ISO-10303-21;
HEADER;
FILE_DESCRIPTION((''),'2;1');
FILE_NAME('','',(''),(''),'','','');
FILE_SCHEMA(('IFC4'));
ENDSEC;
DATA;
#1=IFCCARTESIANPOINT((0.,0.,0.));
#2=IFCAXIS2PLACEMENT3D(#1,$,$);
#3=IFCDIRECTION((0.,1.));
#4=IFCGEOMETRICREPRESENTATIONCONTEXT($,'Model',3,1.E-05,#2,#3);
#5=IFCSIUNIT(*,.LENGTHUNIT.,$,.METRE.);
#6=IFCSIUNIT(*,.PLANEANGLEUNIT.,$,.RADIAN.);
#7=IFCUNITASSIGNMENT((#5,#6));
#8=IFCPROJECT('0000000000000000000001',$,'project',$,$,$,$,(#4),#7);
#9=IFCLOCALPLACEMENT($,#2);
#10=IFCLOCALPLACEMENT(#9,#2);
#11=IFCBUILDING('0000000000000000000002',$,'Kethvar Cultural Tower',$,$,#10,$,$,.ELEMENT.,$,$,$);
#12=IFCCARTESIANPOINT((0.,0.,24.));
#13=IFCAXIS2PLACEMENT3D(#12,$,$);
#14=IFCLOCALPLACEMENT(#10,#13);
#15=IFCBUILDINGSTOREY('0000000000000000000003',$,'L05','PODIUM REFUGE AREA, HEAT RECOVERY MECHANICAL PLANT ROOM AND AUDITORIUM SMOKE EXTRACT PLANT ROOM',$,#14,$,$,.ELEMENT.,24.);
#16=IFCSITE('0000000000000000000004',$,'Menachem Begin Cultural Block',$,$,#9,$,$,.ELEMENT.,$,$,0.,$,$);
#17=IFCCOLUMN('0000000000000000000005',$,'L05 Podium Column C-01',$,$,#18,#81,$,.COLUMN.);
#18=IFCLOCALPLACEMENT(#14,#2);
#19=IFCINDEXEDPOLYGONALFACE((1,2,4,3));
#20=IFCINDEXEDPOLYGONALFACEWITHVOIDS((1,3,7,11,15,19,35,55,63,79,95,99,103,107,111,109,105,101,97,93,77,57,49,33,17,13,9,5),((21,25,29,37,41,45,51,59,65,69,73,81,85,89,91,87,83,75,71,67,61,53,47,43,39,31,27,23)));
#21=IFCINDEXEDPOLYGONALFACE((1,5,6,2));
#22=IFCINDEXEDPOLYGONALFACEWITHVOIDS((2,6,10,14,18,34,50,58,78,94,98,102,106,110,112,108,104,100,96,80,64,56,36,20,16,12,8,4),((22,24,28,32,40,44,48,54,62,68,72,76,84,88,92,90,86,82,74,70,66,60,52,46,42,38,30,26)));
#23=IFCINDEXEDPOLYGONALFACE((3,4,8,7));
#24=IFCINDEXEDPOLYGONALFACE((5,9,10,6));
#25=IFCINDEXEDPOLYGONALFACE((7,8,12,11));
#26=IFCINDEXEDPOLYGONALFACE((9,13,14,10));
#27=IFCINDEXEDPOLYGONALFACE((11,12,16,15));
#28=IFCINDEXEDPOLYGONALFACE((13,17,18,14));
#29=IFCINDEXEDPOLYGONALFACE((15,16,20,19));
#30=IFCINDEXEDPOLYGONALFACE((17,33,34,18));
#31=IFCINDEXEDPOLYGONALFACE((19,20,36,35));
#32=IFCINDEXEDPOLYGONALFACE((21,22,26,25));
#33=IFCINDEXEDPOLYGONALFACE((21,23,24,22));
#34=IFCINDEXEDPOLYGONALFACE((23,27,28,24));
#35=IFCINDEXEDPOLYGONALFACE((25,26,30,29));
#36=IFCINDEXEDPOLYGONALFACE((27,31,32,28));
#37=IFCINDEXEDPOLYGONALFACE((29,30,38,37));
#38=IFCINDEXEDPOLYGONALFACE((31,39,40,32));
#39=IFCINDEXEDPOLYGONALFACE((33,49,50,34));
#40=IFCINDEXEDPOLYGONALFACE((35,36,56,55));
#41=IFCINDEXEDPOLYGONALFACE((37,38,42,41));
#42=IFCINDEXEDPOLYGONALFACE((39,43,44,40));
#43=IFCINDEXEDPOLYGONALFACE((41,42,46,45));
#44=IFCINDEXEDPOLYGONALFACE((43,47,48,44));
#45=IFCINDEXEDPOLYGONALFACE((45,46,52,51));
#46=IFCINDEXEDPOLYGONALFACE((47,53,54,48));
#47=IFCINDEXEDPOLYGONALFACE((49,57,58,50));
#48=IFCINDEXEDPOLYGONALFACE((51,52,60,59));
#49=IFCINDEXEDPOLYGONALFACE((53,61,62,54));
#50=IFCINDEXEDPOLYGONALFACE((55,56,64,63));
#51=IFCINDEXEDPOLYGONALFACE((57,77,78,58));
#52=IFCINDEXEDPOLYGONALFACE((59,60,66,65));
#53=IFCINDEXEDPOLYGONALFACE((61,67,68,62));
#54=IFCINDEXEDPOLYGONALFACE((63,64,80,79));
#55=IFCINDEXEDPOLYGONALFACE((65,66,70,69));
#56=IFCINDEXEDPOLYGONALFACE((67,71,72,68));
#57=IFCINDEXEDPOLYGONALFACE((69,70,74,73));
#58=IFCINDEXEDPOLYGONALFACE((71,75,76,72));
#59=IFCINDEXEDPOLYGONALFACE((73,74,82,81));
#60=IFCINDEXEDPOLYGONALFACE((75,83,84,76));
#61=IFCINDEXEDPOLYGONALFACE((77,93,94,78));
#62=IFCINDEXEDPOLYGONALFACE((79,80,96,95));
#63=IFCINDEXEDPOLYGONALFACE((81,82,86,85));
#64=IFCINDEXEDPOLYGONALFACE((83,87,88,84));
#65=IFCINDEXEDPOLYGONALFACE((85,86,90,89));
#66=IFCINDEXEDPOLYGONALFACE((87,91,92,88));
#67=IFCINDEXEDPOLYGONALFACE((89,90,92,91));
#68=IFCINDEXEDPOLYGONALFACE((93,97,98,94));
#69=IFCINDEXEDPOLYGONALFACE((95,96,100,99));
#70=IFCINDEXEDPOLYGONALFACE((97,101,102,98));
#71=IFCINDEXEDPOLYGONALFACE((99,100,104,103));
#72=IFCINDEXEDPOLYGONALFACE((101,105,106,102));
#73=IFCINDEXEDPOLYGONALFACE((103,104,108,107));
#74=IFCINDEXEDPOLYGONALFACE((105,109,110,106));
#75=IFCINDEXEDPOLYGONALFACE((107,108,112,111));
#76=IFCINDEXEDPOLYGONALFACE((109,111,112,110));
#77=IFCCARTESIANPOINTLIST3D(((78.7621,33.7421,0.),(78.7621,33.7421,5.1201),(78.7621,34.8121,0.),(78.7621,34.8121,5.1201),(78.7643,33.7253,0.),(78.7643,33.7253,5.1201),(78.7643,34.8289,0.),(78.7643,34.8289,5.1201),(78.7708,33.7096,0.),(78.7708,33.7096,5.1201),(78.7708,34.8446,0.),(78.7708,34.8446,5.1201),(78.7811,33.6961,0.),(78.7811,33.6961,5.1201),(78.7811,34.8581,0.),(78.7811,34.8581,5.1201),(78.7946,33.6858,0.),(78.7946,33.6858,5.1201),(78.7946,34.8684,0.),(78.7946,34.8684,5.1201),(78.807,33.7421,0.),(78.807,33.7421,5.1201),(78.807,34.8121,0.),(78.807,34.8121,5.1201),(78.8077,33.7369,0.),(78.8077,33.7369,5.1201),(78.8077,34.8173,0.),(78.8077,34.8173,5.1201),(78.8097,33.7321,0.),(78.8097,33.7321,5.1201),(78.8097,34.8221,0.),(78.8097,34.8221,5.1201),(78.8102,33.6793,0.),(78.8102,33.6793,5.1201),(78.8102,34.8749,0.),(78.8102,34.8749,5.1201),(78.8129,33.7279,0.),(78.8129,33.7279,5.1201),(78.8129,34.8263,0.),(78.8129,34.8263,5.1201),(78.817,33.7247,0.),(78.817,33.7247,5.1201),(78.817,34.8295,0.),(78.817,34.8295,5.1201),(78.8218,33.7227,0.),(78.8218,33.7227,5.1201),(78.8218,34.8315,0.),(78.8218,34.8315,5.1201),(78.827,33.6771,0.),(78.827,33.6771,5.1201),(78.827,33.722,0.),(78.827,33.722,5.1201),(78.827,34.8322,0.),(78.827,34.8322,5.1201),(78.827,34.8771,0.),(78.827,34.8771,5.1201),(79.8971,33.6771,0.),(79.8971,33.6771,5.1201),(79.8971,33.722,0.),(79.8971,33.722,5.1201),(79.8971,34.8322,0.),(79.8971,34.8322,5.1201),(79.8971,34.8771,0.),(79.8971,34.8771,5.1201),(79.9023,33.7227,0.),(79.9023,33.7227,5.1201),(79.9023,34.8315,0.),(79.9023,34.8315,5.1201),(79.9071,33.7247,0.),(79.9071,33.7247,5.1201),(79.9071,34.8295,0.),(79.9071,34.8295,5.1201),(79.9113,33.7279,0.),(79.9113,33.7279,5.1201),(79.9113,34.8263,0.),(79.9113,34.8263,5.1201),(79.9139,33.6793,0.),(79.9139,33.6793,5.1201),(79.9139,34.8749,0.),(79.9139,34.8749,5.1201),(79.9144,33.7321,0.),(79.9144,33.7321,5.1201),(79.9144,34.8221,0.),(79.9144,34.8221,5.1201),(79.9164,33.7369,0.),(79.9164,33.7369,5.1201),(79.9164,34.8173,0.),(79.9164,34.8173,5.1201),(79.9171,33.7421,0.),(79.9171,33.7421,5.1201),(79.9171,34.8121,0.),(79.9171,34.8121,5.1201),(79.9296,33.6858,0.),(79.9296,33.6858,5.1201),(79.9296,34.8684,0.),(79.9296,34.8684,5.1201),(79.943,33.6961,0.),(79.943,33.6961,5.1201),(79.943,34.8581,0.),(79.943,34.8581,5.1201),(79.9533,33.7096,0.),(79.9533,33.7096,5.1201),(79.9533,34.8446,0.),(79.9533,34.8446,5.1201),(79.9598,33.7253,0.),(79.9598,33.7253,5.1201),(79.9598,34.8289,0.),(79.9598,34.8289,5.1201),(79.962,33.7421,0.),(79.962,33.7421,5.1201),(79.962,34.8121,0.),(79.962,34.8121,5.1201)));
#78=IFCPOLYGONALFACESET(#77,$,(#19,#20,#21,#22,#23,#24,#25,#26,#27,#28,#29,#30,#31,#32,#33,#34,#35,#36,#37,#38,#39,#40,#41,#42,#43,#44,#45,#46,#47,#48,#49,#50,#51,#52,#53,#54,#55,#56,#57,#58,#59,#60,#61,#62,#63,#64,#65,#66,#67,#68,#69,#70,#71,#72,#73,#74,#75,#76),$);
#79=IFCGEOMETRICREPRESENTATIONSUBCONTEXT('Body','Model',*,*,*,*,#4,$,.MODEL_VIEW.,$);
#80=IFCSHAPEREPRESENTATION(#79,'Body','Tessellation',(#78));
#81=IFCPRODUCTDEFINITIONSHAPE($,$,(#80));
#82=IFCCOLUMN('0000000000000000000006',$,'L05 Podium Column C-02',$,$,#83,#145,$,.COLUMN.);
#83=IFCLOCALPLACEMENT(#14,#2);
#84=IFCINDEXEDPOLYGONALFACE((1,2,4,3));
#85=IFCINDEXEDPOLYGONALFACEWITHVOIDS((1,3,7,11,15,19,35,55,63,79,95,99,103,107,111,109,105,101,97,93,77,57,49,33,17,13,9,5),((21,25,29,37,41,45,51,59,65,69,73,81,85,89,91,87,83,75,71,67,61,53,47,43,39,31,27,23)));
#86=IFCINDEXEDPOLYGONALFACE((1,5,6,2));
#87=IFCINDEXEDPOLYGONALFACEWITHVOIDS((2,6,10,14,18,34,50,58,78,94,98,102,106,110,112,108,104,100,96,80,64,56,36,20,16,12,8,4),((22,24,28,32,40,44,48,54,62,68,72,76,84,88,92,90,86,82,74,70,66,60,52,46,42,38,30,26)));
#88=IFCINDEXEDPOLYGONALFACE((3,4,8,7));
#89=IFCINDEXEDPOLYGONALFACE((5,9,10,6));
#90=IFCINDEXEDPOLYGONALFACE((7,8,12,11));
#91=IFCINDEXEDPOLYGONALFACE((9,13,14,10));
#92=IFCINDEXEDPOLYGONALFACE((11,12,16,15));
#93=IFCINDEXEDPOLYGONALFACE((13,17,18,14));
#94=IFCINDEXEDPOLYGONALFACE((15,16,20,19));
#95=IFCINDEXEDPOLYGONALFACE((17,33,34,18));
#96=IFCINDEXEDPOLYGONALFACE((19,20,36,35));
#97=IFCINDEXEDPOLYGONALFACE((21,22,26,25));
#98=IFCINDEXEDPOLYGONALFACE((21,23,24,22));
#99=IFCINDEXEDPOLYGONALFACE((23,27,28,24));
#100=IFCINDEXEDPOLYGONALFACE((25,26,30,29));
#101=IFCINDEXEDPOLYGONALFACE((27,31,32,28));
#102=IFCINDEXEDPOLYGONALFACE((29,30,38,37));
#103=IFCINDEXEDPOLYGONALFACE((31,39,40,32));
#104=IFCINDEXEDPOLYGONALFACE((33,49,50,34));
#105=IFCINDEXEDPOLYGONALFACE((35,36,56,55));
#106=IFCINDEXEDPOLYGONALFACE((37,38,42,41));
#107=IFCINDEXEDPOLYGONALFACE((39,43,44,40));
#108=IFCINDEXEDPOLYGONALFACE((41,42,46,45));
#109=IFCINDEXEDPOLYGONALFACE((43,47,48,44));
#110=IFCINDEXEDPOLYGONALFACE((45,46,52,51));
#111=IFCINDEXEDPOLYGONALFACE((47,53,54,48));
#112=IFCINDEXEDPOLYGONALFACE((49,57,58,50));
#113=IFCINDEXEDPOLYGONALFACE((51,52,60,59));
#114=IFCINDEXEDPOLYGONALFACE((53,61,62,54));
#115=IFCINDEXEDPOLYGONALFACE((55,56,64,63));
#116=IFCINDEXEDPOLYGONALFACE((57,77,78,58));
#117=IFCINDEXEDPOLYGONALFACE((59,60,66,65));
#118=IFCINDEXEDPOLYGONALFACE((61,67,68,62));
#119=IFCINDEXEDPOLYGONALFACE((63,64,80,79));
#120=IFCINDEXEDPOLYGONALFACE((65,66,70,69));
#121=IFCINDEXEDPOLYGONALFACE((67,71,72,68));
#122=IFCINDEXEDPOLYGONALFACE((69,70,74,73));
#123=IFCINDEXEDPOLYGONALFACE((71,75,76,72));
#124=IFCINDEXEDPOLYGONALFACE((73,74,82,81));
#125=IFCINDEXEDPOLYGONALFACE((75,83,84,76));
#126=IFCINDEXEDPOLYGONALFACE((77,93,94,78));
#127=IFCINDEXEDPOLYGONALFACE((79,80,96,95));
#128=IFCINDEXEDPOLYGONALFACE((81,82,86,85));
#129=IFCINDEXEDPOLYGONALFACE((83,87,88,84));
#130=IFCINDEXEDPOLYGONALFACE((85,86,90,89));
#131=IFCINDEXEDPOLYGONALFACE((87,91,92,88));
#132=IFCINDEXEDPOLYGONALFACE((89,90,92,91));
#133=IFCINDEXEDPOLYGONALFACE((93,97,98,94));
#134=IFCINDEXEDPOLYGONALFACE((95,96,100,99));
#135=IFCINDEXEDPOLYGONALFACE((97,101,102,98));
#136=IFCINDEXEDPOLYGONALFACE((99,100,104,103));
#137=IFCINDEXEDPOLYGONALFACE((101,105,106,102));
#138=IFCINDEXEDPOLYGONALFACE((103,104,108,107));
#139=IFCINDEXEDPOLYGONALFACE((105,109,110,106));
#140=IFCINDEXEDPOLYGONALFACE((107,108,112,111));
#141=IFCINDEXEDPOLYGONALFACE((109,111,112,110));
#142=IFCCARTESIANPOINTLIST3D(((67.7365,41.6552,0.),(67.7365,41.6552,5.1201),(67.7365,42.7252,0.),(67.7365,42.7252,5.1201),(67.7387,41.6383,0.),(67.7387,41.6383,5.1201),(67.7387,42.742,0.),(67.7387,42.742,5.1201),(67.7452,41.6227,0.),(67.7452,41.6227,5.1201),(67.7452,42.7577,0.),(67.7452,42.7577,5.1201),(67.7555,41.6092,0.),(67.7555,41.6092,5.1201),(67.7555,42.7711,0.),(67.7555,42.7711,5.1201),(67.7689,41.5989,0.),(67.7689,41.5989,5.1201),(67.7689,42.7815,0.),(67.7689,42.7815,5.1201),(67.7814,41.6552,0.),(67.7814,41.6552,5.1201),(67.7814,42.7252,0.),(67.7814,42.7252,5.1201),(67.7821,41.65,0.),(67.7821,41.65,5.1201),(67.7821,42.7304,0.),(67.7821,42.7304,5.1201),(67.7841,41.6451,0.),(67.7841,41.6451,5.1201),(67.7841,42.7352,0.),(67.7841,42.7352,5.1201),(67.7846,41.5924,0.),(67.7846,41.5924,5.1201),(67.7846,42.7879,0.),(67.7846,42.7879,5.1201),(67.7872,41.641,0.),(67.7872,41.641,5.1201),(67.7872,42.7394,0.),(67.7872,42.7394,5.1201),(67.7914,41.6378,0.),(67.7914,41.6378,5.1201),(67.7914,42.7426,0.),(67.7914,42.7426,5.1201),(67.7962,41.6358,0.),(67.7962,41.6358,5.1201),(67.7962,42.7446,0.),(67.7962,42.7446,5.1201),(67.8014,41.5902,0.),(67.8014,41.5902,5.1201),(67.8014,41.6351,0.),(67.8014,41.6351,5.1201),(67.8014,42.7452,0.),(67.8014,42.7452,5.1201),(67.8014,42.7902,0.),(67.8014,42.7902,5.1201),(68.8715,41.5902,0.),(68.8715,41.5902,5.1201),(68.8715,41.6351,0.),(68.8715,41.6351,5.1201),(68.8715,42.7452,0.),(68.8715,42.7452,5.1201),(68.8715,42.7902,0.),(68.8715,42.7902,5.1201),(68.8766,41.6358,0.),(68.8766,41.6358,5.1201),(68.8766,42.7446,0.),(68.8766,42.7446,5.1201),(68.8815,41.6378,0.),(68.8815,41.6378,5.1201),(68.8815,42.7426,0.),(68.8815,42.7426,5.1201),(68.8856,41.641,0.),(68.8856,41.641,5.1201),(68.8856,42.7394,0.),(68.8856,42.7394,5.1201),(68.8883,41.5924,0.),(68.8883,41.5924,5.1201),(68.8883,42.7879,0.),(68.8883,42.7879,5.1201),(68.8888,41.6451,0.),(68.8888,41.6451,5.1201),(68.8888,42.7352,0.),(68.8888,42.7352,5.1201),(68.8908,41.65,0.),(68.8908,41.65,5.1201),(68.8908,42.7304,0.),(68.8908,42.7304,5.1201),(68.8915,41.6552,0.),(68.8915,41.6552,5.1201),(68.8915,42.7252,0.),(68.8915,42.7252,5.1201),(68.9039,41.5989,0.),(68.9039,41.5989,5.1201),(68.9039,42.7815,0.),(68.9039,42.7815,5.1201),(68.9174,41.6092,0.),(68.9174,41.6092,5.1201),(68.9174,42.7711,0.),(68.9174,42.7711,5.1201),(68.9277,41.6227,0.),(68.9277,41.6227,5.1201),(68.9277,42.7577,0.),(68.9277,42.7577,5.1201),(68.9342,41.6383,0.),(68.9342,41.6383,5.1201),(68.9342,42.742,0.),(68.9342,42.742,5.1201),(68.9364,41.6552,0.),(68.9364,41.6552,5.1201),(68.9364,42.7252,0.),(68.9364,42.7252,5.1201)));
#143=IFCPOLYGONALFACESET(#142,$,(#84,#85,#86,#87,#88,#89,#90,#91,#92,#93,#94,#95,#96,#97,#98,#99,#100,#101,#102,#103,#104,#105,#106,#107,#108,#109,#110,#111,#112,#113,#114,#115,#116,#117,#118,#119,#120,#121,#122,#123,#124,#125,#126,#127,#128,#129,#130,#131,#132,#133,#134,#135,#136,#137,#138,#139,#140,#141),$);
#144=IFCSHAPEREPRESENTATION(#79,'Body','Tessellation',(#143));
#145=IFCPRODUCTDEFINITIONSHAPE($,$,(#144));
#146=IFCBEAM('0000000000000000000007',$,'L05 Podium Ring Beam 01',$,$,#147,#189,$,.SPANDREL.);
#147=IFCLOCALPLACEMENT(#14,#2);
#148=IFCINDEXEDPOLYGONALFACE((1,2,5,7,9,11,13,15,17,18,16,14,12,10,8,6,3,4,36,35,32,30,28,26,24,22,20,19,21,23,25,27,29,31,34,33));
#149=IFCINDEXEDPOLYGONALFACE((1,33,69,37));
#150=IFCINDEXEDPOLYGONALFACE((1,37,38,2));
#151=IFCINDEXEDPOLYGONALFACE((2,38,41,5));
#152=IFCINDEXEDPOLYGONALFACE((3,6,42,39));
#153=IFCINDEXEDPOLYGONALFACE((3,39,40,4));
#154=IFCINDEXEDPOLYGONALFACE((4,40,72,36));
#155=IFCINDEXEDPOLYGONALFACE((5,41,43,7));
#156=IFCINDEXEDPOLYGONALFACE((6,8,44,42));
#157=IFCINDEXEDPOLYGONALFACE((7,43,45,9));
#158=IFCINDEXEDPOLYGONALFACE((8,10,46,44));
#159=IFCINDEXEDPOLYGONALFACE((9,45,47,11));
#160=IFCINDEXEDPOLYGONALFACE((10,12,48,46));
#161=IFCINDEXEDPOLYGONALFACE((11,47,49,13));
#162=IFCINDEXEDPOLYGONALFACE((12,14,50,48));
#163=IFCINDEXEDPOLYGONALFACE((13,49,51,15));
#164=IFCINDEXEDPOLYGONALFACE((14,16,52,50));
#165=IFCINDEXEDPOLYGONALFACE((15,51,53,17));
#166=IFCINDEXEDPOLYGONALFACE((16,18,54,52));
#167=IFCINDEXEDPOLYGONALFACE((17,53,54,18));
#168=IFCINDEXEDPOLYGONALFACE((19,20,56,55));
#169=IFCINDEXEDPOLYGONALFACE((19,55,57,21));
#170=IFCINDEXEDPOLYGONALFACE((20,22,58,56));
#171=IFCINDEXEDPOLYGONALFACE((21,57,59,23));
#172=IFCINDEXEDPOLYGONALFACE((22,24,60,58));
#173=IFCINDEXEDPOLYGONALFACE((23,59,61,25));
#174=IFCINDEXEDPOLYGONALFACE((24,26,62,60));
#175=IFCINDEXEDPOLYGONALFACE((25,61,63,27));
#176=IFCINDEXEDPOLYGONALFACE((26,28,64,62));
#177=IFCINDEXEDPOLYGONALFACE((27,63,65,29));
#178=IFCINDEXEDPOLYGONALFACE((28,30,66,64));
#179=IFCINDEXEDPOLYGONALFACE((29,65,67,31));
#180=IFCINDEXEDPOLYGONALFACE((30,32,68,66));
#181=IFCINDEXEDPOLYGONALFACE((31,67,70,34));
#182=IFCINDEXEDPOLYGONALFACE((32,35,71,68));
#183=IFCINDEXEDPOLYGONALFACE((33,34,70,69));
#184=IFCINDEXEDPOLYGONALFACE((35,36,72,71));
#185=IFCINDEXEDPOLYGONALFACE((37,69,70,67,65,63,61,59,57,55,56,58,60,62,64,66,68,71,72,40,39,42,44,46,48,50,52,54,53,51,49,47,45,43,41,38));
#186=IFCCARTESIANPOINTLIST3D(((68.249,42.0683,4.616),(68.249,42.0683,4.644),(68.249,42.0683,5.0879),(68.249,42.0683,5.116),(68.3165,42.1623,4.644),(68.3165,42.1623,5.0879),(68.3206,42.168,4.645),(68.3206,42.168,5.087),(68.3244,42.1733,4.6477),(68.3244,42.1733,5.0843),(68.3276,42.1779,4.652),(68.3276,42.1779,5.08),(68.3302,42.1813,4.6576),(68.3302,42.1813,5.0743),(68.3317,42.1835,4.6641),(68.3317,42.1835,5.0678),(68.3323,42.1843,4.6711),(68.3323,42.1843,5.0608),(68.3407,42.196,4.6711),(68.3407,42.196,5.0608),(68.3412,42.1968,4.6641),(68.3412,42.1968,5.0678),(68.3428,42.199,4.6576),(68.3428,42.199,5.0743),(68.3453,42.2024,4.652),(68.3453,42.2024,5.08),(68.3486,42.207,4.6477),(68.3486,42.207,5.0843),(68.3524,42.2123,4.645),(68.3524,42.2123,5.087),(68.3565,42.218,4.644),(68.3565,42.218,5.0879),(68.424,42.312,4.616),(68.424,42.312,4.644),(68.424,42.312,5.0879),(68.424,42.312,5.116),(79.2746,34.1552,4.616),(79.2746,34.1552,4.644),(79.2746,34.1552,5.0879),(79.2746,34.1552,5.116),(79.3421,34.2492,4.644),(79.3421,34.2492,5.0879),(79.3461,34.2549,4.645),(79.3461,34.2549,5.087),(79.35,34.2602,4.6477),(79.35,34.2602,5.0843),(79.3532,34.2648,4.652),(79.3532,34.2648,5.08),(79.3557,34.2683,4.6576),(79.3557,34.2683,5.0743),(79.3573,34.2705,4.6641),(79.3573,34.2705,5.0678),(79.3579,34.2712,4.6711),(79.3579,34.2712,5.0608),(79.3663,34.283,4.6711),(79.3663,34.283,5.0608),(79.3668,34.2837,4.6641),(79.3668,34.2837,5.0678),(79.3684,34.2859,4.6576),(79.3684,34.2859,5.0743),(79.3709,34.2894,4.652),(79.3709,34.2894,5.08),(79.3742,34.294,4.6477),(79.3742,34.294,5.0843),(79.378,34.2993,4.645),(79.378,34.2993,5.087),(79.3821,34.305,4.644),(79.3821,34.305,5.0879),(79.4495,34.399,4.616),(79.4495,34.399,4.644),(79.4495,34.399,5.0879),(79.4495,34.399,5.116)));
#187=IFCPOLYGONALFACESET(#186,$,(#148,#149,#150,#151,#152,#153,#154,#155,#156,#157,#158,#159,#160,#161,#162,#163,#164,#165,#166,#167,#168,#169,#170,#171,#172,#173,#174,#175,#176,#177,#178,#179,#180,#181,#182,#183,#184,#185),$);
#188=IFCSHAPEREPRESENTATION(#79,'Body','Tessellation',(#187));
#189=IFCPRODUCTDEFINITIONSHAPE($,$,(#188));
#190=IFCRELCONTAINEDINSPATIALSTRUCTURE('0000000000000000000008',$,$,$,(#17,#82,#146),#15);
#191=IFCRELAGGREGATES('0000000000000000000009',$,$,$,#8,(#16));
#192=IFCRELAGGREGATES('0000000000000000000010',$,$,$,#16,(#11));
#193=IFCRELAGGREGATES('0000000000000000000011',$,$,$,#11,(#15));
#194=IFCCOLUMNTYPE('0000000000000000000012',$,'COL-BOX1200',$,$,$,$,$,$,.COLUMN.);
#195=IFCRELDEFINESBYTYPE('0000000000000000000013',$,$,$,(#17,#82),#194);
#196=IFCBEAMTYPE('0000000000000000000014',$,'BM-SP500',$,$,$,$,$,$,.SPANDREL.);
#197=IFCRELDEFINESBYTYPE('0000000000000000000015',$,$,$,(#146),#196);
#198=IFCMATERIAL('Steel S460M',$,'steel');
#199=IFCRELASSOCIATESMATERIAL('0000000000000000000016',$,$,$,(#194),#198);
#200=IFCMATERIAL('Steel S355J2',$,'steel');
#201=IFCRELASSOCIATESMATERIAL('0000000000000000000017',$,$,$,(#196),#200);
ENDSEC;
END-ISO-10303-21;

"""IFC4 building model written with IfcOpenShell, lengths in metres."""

from ifc_helpers import new_model, si_unit, direction, frame, origin, origin_2d, place, context, subcontext, project, spatial, hollow_rectangle, i_section, extrude, source, transform, mapped, material, material_profile, profile_set, type_object, element, save


model = new_model("IFC4")

# Units and contexts
model_context = context("Model", 3, precision=1e-05, world=origin(), true_north=direction((0.0, 1.0)))
body_context = subcontext(model_context, "Body", "Model", "MODEL_VIEW")
ifc_project = project(units=[si_unit("LENGTHUNIT", "METRE"), si_unit("PLANEANGLEUNIT", "RADIAN")], contexts=[model_context])

# Site, building, storey
site_placement = place(None, origin())
site = spatial("IfcSite", under=ifc_project, at=site_placement, Name="Menachem Begin Cultural Block", CompositionType="ELEMENT", RefElevation=0.0)
building_placement = place(site_placement, origin())
building = spatial("IfcBuilding", under=site, at=building_placement, Name="Kethvar Cultural Tower", CompositionType="ELEMENT")
storey_placement = place(building_placement, frame((0.0, 0.0, 24.0)))
storey = spatial("IfcBuildingStorey", under=building, at=storey_placement, Name="L05", Description="PODIUM REFUGE AREA, HEAT RECOVERY MECHANICAL PLANT ROOM AND AUDITORIUM SMOKE EXTRACT PLANT ROOM", CompositionType="ELEMENT", Elevation=24.0)

# Columns
ifc_material_1 = material(Name="Steel S460M", Category="steel")
ifc_material_profile_1 = material_profile(ifc_material_1, hollow_rectangle(XDim=1.2, YDim=1.2, WallThickness=0.0449, InnerFilletRadius=0.02, OuterFilletRadius=0.0649, at=origin_2d()), Name="Steel S460M — BOX1200x1200x45")
ifc_profile_set_1 = profile_set([ifc_material_profile_1], Name="Steel S460M — BOX1200x1200x45")
column_type = type_object("IfcColumnType", Name="COL-BOX1200", PredefinedType="COLUMN", material=ifc_profile_set_1)
shared_shape_1 = source(origin(), body_context, "Body", "SweptSolid", [
    extrude(hollow_rectangle(XDim=1.2, YDim=1.2, WallThickness=0.0449, InnerFilletRadius=0.02, OuterFilletRadius=0.0649, at=origin_2d()), origin(), (0.0, 0.0, 1.0), 5.1201),
])
for number, where, z_axis, x_axis, name in (
    (1, (79.3621, 34.2771, 0.0), (0.0, 0.0, 1.0), (1.0, 0.0, 0.0), "L05 Podium Column C-01"),
    (2, (68.3364, 42.1902, 0.0), (0.0, 0.0, 1.0), (1.0, 0.0, 0.0), "L05 Podium Column C-02"),
):
    element("IfcColumn", number, at=place(storey_placement, frame(where, z_axis=z_axis, x_axis=x_axis)), inside=storey, type_object=column_type, Name=name, PredefinedType="COLUMN", context=body_context, shape_type="MappedRepresentation", body=[
        mapped(shared_shape_1, transform((0.0, 0.0, 0.0), scale=1.0)),
    ])

# Beam
ifc_material_2 = material(Name="Steel S355J2", Category="steel")
ifc_material_profile_2 = material_profile(ifc_material_2, i_section(OverallWidth=0.3, OverallDepth=0.5, WebThickness=0.0144, FlangeThickness=0.0281, FilletRadius=0.0271, at=origin_2d()), Name="Steel S355J2 — HEB500")
ifc_profile_set_2 = profile_set([ifc_material_profile_2], Name="Steel S355J2 — HEB500")
beam_type = type_object("IfcBeamType", Name="BM-SP500", PredefinedType="SPANDREL", material=ifc_profile_set_2)
shared_shape_2 = source(origin(), body_context, "Body", "SweptSolid", [
    extrude(i_section(OverallWidth=0.3, OverallDepth=0.5, WebThickness=0.0144, FlangeThickness=0.0281, FilletRadius=0.0271, at=origin_2d()), origin(), (0.0, 0.0, 1.0), 13.5713),
])
beam_1_placement = place(storey_placement, frame((79.3621, 34.2771, 4.866), z_axis=(-0.81242, 0.583073, 0.0), x_axis=(-0.583073, -0.81242, 0.0)))
element("IfcBeam", 3, at=beam_1_placement, inside=storey, type_object=beam_type, Name="L05 Podium Ring Beam 01", PredefinedType="SPANDREL", context=body_context, shape_type="MappedRepresentation", body=[
    mapped(shared_shape_2, transform((0.0, 0.0, 0.0), scale=1.0)),
])

save(model, "model.ifc")
